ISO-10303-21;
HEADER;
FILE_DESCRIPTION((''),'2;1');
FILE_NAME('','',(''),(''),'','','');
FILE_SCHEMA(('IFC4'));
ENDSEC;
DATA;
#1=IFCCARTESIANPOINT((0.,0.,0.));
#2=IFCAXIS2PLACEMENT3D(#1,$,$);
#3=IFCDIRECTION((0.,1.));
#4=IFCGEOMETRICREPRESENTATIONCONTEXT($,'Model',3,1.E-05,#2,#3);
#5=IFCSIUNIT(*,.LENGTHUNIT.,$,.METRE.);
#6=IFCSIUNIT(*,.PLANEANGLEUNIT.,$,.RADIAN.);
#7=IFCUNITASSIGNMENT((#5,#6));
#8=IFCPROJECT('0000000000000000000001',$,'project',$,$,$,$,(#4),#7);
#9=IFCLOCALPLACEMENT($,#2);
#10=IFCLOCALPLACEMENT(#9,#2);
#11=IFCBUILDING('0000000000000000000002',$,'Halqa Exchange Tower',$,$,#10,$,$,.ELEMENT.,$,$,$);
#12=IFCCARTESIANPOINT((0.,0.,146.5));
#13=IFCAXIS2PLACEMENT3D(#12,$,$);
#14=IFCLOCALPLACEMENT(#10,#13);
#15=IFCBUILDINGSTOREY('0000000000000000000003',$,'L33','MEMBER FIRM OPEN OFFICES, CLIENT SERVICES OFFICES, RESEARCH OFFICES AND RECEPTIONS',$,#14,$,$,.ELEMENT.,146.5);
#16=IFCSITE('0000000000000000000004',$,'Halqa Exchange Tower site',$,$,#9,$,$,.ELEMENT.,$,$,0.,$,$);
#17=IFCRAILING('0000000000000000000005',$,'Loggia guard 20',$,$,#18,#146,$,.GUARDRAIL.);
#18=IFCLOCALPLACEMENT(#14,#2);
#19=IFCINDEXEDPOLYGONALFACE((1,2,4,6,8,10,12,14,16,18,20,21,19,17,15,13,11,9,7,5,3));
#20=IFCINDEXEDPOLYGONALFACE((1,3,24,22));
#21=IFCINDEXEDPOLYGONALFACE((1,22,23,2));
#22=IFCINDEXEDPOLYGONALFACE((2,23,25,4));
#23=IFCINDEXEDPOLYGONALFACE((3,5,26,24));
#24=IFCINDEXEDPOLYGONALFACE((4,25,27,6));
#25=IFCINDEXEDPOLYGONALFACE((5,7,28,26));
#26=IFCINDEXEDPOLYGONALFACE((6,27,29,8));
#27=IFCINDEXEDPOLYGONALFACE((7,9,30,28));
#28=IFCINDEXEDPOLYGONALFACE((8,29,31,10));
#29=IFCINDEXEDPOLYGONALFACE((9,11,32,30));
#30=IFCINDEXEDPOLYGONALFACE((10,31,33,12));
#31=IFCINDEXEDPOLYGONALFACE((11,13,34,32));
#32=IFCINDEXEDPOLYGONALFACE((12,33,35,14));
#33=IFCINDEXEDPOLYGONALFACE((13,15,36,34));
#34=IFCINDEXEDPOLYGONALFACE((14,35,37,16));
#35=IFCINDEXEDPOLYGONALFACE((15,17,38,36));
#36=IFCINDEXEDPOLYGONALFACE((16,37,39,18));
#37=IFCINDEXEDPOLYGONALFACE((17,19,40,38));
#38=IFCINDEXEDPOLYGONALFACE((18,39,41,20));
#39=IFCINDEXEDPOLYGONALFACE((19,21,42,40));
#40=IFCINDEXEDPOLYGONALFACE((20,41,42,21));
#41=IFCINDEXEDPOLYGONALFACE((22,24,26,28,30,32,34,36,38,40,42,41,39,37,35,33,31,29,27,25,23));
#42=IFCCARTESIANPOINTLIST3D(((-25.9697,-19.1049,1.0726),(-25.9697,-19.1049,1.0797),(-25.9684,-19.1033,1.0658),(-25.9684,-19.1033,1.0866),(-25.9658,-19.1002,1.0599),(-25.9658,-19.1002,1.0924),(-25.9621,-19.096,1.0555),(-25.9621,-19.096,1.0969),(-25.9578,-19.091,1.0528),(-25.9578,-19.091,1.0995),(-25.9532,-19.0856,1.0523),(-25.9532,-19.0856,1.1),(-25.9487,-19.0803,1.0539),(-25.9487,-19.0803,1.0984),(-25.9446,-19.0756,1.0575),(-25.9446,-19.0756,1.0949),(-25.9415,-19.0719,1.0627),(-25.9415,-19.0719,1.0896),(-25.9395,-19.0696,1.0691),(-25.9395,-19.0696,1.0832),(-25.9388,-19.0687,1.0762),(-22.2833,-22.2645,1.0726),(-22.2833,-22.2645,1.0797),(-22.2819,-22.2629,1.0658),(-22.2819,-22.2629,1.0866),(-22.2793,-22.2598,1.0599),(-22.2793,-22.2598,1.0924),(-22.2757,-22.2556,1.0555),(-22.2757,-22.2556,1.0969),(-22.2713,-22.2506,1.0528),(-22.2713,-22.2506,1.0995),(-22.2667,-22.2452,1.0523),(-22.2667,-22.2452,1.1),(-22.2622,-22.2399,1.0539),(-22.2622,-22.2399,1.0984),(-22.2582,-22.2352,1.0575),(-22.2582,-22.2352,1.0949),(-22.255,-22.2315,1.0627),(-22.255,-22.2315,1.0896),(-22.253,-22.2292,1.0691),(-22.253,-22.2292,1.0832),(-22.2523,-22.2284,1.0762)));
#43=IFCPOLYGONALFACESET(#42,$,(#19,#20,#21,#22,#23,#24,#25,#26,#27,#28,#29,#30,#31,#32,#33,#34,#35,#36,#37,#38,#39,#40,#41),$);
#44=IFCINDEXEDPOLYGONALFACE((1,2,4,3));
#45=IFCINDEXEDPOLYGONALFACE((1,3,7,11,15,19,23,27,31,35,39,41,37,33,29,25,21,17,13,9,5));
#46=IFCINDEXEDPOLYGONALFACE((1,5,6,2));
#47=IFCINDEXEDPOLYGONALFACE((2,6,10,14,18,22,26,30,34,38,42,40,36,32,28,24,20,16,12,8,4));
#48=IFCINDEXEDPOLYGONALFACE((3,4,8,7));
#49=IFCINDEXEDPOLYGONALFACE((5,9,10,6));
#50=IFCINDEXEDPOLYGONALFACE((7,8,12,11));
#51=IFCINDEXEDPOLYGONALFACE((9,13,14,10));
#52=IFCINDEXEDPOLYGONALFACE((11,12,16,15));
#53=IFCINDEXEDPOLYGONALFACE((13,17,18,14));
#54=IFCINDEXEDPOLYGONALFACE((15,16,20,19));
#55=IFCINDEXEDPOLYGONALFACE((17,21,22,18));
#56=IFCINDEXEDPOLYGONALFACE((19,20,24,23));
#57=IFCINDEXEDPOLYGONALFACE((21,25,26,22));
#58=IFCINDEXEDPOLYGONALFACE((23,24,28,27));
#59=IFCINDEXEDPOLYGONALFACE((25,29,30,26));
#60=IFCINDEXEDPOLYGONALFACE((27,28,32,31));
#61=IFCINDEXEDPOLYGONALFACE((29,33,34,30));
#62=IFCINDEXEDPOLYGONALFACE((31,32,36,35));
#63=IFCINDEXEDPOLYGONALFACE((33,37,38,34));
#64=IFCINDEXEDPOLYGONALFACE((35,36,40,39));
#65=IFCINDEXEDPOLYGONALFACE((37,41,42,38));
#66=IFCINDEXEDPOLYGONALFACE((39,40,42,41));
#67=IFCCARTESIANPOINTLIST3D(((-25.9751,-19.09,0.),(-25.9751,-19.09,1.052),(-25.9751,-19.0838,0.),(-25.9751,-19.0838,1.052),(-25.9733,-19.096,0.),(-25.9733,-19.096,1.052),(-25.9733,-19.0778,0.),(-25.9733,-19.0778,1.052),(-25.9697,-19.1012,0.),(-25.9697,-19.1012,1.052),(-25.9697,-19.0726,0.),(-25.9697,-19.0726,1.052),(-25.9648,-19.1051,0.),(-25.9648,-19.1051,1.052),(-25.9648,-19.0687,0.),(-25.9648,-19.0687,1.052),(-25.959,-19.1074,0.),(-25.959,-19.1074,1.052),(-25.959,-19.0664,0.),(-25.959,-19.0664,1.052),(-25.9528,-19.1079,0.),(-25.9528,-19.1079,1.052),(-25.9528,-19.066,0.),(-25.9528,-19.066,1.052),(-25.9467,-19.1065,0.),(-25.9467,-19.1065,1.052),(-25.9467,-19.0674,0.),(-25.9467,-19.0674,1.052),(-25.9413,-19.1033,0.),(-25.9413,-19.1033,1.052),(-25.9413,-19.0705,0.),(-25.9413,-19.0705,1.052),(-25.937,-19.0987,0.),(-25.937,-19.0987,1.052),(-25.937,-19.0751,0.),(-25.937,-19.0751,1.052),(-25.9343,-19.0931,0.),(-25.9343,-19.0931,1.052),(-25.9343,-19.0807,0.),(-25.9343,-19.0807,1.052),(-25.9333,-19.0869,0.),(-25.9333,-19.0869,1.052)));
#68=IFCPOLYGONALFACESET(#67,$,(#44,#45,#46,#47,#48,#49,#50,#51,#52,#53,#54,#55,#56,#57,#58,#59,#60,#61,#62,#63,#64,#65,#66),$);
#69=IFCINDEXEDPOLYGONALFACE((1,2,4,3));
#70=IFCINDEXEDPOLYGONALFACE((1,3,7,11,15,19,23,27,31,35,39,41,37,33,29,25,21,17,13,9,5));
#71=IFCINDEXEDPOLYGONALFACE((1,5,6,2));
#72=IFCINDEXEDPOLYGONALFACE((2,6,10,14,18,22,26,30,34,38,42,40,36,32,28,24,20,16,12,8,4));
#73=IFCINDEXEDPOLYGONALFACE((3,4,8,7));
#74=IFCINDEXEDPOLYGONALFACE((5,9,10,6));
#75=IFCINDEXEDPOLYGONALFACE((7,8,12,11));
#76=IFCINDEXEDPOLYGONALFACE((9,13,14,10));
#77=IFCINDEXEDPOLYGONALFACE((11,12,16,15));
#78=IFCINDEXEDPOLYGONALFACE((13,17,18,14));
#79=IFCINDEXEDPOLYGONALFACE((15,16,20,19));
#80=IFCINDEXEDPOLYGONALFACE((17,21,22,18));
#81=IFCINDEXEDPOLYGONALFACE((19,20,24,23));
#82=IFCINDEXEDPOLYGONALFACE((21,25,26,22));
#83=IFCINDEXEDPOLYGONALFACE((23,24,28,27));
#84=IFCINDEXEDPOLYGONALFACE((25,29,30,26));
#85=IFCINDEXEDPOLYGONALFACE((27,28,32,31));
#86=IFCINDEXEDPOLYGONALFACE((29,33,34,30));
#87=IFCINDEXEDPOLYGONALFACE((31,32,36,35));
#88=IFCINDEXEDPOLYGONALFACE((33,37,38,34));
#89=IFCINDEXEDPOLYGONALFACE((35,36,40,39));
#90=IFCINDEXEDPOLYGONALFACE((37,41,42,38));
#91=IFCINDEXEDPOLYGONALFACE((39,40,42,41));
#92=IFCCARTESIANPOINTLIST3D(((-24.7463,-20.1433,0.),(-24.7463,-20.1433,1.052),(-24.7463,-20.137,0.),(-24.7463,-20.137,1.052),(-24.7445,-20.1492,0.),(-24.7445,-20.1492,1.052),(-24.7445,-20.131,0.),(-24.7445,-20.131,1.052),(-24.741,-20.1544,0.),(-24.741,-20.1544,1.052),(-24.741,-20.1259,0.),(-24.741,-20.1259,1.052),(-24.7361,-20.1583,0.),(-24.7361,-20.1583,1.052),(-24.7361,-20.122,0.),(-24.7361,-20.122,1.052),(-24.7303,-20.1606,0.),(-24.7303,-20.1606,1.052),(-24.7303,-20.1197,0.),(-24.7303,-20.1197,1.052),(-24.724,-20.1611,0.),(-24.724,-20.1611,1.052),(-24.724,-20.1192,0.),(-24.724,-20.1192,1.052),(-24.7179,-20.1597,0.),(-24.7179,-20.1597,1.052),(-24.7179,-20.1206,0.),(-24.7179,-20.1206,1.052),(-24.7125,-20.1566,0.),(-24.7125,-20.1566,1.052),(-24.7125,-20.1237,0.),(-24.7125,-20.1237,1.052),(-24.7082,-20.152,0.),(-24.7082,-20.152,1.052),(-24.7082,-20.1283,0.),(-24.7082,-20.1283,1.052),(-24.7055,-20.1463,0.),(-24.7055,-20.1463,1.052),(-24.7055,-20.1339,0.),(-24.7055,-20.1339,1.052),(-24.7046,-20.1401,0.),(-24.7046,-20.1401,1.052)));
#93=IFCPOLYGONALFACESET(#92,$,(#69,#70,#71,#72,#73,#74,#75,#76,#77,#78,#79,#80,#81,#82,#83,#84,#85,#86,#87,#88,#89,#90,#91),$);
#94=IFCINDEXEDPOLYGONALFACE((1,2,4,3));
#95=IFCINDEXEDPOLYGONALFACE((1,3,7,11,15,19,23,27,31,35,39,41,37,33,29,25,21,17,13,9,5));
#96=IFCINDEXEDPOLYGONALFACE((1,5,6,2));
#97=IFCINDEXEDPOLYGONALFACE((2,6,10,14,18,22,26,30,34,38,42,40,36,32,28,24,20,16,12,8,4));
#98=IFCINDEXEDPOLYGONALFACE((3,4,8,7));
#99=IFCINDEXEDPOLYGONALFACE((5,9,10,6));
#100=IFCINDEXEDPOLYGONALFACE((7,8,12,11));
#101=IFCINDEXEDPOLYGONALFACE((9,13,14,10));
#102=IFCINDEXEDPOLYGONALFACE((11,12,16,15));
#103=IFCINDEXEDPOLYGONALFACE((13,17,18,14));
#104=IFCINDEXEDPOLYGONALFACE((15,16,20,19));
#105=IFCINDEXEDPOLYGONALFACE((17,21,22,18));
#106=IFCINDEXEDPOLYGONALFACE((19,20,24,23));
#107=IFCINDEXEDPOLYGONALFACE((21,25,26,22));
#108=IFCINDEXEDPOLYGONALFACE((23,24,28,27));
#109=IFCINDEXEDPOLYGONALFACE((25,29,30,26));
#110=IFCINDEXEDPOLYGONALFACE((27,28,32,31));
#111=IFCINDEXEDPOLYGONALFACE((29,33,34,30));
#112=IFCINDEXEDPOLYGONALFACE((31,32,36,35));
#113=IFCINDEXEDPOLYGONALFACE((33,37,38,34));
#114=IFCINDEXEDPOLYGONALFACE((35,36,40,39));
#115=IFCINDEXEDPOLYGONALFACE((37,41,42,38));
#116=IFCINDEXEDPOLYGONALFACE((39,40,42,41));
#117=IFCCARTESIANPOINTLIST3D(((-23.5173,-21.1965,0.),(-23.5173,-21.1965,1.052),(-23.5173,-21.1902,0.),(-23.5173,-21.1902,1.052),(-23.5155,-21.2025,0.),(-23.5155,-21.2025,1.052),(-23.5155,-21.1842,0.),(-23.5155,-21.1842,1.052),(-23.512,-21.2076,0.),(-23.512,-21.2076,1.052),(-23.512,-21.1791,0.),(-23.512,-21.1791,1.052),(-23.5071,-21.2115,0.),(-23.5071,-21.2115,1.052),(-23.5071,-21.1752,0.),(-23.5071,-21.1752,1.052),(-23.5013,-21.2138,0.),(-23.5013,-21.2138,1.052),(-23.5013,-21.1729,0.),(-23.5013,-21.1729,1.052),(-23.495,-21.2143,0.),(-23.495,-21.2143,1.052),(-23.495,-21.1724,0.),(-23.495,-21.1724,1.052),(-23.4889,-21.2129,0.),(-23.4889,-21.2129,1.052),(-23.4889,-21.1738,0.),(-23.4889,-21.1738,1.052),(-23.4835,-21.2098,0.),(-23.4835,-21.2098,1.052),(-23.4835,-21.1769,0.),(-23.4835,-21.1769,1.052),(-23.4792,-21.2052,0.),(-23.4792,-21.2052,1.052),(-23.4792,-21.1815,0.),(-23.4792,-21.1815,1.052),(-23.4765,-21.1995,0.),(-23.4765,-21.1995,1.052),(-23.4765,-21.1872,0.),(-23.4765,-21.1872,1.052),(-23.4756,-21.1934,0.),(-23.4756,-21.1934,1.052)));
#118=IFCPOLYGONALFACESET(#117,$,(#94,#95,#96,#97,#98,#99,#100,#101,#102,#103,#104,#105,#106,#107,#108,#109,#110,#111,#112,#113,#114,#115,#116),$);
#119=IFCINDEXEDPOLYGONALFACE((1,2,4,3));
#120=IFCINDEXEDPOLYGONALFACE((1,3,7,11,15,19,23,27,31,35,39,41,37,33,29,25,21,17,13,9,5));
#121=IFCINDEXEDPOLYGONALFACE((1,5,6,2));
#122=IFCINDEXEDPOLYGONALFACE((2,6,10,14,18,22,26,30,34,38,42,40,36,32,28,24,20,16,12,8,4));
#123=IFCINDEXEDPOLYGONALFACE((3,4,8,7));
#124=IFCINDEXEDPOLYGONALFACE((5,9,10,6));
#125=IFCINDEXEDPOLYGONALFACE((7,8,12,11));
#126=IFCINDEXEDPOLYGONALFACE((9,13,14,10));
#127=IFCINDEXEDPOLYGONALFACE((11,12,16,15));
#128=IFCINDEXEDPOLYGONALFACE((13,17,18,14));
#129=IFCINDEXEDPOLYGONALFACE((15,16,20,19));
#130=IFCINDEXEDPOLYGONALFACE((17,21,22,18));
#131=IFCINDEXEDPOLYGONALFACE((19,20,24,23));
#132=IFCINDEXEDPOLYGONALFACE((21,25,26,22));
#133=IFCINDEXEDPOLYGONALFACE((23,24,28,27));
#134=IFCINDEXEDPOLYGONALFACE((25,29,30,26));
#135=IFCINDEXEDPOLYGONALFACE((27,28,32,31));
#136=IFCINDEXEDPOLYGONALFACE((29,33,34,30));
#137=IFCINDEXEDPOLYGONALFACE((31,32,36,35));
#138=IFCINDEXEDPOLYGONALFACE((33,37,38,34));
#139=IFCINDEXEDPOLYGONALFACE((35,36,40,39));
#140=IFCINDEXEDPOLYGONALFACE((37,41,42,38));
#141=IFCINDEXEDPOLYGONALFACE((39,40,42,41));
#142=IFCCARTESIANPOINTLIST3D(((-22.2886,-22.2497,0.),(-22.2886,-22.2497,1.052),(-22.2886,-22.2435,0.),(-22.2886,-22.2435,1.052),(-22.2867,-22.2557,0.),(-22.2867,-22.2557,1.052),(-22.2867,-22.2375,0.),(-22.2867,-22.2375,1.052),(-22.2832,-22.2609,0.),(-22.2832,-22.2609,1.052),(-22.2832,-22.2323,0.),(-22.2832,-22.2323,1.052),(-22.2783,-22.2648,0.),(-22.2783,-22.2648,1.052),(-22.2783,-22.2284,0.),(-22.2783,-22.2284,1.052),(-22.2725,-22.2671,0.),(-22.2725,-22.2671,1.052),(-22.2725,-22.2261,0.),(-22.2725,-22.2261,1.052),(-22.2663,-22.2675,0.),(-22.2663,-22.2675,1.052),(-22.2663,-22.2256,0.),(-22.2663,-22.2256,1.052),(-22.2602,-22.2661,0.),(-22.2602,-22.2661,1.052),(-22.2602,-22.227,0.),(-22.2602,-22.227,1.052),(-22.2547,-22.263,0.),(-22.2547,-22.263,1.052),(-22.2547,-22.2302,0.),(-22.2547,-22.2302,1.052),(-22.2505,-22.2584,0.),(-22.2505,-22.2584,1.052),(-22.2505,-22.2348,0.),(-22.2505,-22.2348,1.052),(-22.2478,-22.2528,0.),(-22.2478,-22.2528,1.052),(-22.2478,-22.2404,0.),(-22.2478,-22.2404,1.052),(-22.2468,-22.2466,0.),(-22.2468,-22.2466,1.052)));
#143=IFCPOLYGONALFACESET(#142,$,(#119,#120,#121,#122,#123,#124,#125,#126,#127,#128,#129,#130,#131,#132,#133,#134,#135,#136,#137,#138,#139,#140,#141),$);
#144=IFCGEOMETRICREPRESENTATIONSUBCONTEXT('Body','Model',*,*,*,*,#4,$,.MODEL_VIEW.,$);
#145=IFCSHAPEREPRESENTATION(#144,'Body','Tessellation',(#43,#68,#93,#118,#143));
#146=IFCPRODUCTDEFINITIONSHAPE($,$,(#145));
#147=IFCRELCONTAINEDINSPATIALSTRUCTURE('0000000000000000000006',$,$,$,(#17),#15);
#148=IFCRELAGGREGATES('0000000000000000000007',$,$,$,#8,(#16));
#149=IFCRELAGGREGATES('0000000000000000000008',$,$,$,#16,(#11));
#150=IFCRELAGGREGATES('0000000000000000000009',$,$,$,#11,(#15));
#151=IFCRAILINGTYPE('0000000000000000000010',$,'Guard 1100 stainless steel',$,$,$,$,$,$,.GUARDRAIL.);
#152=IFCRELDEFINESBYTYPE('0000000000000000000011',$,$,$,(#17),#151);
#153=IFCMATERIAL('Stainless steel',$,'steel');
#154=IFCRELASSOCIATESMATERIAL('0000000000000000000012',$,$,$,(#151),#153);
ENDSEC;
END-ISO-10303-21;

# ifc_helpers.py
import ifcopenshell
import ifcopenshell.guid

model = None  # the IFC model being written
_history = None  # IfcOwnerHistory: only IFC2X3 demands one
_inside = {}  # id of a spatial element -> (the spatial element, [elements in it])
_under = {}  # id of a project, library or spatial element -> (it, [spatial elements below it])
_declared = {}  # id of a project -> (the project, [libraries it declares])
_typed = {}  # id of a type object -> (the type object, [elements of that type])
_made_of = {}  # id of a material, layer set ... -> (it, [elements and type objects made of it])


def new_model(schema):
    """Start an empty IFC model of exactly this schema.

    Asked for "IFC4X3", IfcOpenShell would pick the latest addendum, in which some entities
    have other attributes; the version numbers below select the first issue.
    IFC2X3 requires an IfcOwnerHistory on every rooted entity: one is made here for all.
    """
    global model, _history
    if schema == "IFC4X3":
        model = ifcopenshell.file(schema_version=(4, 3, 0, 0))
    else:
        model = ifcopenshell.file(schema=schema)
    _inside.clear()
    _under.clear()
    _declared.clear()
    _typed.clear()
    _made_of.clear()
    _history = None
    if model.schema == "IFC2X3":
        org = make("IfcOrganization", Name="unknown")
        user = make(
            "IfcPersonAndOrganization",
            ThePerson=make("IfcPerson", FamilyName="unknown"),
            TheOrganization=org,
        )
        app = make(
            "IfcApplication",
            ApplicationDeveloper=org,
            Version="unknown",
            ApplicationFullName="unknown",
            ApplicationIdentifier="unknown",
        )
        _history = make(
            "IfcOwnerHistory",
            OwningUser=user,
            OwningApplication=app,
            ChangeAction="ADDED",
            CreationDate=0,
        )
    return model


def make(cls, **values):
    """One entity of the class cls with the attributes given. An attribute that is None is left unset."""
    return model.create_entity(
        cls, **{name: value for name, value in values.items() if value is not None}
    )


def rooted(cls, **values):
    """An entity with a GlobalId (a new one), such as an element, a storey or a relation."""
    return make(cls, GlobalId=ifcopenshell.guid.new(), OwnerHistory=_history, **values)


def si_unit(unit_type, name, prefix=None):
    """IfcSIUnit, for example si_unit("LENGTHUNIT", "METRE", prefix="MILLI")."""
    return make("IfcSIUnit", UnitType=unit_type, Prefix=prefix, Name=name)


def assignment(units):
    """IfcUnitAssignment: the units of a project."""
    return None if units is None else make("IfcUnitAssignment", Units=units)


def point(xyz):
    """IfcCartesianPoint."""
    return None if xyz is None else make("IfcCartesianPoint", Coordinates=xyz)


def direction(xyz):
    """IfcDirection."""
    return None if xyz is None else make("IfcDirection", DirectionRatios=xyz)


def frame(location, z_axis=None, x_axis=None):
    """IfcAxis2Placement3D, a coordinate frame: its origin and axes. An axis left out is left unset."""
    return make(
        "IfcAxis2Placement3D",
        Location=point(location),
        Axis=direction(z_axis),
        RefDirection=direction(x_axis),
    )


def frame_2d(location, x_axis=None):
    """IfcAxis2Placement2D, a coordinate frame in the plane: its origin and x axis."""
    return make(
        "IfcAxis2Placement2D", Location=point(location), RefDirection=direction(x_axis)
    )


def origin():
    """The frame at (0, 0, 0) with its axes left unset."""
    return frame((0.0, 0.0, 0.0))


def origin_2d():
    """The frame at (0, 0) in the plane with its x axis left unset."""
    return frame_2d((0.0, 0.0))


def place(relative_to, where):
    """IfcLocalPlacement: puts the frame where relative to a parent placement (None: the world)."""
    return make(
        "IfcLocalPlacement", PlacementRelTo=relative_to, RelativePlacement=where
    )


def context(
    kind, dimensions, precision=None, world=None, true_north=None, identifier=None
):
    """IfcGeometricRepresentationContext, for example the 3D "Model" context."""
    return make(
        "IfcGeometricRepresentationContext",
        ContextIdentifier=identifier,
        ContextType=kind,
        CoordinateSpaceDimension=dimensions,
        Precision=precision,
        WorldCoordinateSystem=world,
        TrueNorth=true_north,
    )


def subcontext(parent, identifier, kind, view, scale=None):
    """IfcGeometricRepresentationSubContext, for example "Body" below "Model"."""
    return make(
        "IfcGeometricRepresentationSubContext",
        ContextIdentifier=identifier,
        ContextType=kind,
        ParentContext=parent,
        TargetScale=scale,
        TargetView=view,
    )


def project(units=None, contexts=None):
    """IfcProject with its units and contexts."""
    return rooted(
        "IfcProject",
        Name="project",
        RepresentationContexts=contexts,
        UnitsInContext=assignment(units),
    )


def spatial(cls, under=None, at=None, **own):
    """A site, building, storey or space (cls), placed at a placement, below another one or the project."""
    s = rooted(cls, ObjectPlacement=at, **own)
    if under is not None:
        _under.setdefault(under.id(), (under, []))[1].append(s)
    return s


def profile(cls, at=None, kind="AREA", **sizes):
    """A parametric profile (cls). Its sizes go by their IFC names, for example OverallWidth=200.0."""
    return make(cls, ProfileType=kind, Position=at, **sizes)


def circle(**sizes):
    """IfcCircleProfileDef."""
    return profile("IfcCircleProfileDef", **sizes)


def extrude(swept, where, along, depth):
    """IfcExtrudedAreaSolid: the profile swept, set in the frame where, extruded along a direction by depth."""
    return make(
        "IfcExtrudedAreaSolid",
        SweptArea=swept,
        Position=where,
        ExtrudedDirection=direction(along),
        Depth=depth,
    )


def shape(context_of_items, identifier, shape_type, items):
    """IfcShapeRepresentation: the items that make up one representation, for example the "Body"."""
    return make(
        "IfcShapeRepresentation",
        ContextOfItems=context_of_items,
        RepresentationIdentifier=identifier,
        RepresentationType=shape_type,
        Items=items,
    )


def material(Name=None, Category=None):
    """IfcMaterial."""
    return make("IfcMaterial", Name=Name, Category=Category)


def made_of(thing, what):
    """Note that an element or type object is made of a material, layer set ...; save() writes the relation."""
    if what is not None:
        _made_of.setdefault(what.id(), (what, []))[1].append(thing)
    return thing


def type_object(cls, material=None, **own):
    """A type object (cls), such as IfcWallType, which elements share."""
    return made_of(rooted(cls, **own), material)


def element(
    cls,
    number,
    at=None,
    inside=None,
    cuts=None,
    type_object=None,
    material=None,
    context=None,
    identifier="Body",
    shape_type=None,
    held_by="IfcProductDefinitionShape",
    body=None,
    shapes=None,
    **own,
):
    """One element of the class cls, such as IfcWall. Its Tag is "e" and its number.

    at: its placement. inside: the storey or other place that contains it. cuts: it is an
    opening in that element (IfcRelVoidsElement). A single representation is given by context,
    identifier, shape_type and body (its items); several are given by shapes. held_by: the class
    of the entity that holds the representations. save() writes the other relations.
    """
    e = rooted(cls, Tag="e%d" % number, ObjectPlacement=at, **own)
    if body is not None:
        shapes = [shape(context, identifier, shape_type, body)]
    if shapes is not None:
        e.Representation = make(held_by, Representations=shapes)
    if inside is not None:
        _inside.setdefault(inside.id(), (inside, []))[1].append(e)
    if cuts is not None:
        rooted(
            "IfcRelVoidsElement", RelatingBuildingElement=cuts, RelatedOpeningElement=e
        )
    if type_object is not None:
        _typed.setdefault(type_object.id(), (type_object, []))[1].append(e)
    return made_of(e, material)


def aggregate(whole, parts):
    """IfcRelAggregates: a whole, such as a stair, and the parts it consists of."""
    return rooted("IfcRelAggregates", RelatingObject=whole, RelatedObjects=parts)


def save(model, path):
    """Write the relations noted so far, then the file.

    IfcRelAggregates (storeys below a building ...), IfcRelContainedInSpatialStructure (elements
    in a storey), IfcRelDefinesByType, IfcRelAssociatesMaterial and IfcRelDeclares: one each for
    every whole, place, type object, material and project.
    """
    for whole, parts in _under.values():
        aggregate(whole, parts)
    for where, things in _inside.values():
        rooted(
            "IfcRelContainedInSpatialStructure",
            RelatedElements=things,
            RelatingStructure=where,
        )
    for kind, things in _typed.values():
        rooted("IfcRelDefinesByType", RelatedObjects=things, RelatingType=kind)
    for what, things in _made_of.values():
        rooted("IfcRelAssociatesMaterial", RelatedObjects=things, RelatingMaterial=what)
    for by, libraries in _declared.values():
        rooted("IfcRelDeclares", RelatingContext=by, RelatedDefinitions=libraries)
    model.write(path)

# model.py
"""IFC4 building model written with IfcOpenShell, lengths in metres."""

from ifc_helpers import new_model, si_unit, direction, frame, origin, origin_2d, place, context, subcontext, project, spatial, circle, extrude, material, type_object, element, save


model = new_model("IFC4")

# Units and contexts
model_context = context("Model", 3, precision=1e-05, world=origin(), true_north=direction((0.0, 1.0)))
body_context = subcontext(model_context, "Body", "Model", "MODEL_VIEW")
ifc_project = project(units=[si_unit("LENGTHUNIT", "METRE"), si_unit("PLANEANGLEUNIT", "RADIAN")], contexts=[model_context])

# Site, building, storey
site_placement = place(None, origin())
site = spatial("IfcSite", under=ifc_project, at=site_placement, Name="Halqa Exchange Tower site", CompositionType="ELEMENT", RefElevation=0.0)
building_placement = place(site_placement, origin())
building = spatial("IfcBuilding", under=site, at=building_placement, Name="Halqa Exchange Tower", CompositionType="ELEMENT")
storey_placement = place(building_placement, frame((0.0, 0.0, 146.5)))
storey = spatial("IfcBuildingStorey", under=building, at=storey_placement, Name="L33", Description="MEMBER FIRM OPEN OFFICES, CLIENT SERVICES OFFICES, RESEARCH OFFICES AND RECEPTIONS", CompositionType="ELEMENT", Elevation=146.5)

# Railing
ifc_material_1 = material(Name="Stainless steel", Category="steel")
railing_type = type_object("IfcRailingType", Name="Guard 1100 stainless steel", PredefinedType="GUARDRAIL", material=ifc_material_1)
railing_1_placement = place(storey_placement, frame((-25.9543, -19.0869, 0.0)))
element("IfcRailing", 1, at=railing_1_placement, inside=storey, type_object=railing_type, Name="Loggia guard 20", PredefinedType="GUARDRAIL", context=body_context, shape_type="SweptSolid", body=[
    extrude(circle(Radius=0.0239, at=origin_2d()), frame((0.0, 0.0, 1.0762), z_axis=(0.759278, -0.650767, 0.0), x_axis=(0.650767, 0.759278, 0.0)), (0.0, 0.0, 1.0), 4.8552),
    extrude(circle(Radius=0.021, at=origin_2d()), origin(), (0.0, 0.0, 1.0), 1.052),
    extrude(circle(Radius=0.021, at=origin_2d()), frame((1.2288, -1.0532, 0.0)), (0.0, 0.0, 1.0), 1.052),
    extrude(circle(Radius=0.021, at=origin_2d()), frame((2.4578, -2.1064, 0.0)), (0.0, 0.0, 1.0), 1.052),
    extrude(circle(Radius=0.021, at=origin_2d()), frame((3.6865, -3.1597, 0.0)), (0.0, 0.0, 1.0), 1.052),
])

save(model, "model.ifc")
